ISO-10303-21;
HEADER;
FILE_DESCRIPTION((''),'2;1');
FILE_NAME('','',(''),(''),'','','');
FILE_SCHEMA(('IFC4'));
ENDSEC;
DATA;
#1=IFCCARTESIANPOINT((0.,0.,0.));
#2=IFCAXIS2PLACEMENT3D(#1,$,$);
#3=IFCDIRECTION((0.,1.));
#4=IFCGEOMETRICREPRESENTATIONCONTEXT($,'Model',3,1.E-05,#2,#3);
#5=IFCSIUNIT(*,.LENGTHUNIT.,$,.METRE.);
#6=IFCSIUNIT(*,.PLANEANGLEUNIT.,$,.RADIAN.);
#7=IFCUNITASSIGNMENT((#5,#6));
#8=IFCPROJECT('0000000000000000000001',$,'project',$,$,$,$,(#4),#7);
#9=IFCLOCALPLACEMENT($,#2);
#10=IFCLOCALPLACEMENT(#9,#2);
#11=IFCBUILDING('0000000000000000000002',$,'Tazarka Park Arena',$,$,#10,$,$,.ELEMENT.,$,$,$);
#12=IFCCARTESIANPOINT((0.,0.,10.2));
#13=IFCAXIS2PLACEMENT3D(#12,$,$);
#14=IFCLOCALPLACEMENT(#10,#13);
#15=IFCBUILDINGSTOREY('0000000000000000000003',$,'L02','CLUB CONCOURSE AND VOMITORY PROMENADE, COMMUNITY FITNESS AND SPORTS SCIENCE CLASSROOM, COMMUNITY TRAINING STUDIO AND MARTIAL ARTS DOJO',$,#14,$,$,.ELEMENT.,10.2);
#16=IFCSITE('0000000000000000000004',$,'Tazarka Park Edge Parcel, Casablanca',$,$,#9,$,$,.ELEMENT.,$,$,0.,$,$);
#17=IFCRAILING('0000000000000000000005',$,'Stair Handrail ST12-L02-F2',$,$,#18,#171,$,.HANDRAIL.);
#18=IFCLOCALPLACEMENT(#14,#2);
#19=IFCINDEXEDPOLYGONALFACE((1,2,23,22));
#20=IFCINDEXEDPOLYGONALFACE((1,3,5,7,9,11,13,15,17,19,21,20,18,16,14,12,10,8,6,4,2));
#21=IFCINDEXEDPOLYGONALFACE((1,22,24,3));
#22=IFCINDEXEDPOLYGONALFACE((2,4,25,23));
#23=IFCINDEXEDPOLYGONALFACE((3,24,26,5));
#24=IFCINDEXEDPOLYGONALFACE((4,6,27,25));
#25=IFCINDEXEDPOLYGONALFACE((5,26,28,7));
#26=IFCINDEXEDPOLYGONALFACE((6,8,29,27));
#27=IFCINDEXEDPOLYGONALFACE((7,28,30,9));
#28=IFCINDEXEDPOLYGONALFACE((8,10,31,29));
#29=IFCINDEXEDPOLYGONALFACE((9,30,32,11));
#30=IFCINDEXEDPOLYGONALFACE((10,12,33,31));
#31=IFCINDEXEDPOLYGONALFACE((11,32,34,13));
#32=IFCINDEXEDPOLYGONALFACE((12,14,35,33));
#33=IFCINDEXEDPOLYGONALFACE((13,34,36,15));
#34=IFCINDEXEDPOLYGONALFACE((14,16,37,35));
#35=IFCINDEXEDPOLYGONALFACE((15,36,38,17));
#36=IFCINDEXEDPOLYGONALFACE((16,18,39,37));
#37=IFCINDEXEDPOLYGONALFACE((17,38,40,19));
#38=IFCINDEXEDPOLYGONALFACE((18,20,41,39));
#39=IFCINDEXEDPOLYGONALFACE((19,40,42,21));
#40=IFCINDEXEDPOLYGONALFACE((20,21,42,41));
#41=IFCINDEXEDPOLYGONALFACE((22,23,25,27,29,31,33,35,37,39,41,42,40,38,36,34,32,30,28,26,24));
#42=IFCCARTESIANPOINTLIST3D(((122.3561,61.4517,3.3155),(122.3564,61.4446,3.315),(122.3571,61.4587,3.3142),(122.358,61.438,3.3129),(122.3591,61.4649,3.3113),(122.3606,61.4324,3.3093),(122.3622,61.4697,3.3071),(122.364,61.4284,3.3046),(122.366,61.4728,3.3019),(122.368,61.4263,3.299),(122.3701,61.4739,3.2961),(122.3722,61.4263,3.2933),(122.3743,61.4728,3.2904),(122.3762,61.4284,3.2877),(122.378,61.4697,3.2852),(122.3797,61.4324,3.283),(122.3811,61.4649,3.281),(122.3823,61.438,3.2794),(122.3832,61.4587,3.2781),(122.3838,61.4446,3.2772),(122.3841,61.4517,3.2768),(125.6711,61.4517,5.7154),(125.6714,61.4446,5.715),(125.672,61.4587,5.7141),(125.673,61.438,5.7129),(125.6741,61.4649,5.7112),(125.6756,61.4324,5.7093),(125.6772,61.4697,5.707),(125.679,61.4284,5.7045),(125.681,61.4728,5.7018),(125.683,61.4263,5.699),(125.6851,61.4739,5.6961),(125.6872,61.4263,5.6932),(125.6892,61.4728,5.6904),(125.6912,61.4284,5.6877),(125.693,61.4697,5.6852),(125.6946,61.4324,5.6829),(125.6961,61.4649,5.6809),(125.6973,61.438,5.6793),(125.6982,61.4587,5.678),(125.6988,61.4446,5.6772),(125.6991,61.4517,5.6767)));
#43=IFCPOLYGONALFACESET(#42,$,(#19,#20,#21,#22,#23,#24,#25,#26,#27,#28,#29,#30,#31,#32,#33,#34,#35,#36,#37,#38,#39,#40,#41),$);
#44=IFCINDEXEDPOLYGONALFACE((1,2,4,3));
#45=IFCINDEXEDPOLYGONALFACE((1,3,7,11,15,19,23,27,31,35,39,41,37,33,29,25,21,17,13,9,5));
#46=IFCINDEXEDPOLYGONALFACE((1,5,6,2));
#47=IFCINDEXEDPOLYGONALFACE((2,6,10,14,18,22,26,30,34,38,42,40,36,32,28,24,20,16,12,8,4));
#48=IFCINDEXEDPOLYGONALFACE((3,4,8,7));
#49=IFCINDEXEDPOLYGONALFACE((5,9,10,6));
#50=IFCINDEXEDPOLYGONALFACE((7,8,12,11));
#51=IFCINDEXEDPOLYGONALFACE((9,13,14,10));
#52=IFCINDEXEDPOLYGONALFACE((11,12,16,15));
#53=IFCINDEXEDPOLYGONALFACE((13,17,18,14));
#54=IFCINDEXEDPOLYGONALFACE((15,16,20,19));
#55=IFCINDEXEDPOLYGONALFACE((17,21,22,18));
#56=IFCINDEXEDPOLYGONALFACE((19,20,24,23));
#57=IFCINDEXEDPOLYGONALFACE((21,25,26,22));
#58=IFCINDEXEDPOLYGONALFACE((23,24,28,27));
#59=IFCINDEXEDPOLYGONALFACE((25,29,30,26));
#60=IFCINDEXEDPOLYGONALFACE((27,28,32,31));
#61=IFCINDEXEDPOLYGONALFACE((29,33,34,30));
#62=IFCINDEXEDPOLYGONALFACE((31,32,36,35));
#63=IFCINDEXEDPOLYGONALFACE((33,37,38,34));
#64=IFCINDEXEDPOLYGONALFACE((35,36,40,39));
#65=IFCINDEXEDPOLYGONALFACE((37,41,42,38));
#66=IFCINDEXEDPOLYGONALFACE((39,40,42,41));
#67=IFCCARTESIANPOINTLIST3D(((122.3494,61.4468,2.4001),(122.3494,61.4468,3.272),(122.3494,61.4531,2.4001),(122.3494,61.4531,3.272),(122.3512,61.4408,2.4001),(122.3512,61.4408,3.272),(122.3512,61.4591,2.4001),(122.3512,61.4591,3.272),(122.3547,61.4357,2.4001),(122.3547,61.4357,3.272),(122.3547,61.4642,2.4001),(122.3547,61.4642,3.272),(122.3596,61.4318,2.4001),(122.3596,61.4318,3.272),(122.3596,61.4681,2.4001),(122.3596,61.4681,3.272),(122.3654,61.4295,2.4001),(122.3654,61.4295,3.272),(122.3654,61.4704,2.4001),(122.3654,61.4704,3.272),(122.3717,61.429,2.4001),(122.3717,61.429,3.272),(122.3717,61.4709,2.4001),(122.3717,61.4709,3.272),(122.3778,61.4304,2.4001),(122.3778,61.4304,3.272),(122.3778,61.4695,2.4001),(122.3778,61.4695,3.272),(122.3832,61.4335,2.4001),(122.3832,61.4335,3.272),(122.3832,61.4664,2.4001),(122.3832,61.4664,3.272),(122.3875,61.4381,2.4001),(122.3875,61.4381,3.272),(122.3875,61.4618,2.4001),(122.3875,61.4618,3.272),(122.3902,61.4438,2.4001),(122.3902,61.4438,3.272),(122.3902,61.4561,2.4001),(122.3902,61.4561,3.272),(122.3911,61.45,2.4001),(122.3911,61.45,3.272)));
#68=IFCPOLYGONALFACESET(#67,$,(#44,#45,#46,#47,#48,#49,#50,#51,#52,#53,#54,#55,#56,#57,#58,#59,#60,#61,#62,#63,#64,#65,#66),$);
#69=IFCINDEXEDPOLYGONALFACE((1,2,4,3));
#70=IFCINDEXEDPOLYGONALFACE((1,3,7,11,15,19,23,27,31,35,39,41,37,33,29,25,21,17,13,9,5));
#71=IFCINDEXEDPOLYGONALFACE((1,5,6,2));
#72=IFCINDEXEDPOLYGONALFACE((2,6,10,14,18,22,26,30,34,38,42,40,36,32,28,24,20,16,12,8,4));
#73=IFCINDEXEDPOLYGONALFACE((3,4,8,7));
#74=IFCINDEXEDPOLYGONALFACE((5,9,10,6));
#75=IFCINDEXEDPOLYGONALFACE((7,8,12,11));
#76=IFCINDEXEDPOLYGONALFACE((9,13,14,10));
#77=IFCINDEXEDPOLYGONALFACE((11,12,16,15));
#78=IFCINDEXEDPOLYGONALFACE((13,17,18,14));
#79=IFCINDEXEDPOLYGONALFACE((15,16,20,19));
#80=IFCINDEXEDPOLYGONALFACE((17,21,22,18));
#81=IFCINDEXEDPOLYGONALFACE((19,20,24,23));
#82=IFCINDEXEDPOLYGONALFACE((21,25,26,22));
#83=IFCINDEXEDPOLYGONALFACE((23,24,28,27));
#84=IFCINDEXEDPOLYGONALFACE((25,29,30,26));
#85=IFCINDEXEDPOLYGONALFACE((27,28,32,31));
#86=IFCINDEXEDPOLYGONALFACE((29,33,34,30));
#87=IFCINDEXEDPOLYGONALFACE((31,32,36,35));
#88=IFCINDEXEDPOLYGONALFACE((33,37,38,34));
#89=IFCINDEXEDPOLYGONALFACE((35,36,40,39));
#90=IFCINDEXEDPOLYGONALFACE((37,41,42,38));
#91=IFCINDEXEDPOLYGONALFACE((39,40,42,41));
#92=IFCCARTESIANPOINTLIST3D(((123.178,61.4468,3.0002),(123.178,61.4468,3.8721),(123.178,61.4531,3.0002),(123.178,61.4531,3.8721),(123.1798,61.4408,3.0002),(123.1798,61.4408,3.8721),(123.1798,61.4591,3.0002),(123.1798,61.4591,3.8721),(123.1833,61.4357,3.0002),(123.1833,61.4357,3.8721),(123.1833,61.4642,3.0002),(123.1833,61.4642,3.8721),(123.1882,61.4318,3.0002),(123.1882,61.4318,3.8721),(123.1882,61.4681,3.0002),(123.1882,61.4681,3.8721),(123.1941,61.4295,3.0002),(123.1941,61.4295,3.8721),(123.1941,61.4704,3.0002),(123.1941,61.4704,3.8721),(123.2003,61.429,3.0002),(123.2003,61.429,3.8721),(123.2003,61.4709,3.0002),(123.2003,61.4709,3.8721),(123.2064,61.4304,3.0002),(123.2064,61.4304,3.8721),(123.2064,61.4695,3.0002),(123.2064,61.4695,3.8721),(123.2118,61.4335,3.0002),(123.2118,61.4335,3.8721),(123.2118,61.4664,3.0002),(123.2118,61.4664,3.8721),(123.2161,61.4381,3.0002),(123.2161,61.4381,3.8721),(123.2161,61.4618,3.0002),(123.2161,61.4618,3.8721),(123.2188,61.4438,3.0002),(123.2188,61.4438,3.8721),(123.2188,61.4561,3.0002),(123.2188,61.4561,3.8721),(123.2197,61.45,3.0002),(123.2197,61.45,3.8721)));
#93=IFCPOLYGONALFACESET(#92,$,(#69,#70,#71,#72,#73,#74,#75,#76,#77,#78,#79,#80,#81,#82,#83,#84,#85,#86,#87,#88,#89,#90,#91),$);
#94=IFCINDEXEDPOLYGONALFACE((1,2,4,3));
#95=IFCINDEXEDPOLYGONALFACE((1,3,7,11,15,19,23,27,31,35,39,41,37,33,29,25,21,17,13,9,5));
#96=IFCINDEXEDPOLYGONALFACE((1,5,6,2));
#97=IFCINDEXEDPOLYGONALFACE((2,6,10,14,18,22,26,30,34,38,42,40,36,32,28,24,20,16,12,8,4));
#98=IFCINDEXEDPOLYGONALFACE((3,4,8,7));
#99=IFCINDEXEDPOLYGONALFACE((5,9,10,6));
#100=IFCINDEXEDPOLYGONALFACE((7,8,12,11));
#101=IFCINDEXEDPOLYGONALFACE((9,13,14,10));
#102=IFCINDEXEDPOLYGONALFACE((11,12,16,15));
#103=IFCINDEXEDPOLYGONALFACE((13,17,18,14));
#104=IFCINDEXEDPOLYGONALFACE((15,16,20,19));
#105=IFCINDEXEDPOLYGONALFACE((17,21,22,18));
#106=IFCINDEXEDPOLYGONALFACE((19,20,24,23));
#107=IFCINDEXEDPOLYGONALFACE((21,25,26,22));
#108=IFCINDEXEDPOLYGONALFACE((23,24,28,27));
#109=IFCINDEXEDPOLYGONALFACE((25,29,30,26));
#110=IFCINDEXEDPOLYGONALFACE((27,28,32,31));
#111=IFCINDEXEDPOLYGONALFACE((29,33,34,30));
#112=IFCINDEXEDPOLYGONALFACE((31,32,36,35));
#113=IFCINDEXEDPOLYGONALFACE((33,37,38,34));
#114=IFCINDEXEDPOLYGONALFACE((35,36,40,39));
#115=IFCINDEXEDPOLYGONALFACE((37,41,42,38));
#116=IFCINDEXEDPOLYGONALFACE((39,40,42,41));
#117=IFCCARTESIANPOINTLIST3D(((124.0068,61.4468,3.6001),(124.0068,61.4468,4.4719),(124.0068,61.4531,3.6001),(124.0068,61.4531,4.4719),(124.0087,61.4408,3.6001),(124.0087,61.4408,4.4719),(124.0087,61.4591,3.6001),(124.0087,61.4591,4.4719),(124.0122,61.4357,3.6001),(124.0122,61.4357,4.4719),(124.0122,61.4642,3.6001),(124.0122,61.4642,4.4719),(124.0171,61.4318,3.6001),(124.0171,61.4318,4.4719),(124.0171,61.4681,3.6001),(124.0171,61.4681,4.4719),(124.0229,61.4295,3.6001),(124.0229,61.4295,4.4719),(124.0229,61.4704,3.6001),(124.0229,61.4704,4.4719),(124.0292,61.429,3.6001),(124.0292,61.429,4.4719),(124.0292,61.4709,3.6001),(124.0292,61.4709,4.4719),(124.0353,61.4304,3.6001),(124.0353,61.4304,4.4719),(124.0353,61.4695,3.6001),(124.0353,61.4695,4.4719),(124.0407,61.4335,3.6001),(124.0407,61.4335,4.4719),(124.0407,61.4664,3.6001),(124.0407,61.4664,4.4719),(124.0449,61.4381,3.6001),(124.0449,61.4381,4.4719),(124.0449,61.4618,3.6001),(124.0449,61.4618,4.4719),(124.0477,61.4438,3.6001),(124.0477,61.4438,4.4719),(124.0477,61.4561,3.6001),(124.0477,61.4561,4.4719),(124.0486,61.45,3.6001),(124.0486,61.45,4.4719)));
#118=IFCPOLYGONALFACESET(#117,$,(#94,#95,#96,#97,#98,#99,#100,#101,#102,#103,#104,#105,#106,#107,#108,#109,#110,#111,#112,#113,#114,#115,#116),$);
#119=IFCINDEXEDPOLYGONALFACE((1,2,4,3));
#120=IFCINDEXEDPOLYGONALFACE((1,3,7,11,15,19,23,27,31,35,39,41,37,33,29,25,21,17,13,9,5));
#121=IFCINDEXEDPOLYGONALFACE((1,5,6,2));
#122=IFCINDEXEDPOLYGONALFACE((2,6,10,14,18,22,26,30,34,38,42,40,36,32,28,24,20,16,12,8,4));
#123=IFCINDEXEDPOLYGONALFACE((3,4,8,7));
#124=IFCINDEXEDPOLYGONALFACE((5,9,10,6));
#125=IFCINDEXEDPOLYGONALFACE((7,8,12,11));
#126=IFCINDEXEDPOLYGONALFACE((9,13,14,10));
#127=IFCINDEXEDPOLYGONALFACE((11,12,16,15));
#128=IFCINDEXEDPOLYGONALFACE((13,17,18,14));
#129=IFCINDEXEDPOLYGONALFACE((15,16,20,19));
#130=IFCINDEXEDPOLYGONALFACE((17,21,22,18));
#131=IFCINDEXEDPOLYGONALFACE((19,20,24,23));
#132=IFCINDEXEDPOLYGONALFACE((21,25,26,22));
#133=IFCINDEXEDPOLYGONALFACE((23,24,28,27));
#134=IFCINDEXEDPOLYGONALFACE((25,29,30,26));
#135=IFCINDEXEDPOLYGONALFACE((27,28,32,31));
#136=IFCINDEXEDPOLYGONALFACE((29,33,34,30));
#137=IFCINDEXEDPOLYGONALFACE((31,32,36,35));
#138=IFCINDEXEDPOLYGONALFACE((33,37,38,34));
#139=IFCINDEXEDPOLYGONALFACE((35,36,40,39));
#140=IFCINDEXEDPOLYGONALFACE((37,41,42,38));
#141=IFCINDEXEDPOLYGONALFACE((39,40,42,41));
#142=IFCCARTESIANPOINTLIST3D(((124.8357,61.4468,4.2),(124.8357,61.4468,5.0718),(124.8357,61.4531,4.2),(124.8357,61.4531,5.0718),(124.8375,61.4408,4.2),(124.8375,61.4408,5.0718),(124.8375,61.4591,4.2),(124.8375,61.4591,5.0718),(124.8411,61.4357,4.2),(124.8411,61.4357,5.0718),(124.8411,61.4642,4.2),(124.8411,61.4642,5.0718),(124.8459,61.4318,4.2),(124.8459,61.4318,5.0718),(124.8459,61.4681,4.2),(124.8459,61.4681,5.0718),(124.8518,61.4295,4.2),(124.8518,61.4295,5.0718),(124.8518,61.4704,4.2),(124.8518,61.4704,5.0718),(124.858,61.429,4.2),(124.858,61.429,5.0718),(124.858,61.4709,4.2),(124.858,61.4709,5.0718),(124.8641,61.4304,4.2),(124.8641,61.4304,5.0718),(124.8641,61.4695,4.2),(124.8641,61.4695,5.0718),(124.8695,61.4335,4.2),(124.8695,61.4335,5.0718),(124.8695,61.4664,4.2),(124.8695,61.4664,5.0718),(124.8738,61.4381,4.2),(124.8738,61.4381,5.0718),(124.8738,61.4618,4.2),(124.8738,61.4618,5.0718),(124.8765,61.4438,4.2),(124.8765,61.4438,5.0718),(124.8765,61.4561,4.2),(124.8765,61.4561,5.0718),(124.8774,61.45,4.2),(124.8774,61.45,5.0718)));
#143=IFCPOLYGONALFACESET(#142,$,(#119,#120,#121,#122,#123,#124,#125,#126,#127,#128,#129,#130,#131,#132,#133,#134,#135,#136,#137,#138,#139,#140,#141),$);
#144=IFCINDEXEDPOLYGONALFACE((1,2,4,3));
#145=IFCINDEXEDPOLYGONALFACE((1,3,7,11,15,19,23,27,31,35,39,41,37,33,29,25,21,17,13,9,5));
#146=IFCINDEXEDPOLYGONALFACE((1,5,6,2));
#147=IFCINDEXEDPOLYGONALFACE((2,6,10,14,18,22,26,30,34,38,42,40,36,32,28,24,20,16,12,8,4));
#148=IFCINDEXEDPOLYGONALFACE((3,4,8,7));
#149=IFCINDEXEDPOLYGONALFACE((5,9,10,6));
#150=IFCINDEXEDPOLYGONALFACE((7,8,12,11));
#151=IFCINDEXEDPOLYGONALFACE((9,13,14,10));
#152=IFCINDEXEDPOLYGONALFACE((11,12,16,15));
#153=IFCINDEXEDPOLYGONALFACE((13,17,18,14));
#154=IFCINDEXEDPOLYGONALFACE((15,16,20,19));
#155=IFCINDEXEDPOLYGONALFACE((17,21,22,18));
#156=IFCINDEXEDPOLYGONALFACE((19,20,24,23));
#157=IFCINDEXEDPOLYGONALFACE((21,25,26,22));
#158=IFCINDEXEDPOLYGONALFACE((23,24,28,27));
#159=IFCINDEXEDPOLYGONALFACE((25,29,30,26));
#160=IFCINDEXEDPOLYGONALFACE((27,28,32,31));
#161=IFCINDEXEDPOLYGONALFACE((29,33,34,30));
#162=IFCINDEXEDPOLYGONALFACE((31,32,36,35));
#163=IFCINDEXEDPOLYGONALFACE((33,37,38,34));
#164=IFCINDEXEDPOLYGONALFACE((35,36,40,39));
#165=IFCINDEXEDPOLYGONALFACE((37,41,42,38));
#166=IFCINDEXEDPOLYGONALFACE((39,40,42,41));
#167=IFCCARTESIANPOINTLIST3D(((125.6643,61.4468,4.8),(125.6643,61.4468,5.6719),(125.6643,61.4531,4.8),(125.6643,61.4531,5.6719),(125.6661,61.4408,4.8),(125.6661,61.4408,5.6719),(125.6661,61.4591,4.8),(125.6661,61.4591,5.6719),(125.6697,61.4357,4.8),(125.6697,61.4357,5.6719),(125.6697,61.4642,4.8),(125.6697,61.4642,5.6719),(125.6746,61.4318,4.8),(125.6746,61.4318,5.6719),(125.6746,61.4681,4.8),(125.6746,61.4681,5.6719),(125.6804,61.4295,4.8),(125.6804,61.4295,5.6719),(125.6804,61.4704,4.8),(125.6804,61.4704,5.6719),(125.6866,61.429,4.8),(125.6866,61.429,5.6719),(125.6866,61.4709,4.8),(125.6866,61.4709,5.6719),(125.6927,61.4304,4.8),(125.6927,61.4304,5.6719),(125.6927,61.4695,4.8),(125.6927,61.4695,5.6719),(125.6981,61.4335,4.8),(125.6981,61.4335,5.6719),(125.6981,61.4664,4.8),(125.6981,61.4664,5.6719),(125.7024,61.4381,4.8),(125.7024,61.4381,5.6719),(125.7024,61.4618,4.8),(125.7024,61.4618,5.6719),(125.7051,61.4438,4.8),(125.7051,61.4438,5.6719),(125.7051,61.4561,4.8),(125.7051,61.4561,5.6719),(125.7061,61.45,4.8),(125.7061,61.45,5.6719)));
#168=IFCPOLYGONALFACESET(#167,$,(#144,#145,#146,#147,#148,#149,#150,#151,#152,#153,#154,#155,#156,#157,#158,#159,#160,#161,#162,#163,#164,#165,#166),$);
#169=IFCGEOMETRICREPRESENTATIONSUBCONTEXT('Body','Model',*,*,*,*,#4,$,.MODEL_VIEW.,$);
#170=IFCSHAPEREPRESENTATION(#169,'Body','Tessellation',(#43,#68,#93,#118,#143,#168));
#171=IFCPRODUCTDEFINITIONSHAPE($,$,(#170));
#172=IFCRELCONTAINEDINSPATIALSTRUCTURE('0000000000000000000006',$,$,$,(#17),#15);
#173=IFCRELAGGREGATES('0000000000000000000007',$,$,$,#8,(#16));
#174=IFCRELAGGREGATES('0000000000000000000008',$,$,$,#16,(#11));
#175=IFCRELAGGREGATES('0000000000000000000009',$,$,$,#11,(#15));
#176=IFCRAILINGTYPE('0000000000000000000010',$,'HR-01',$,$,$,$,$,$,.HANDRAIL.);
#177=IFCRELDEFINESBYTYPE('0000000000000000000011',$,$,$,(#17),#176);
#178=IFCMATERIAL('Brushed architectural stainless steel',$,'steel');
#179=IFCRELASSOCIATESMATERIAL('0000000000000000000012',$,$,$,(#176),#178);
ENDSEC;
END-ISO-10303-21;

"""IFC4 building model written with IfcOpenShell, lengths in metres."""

from ifc_helpers import new_model, si_unit, direction, frame, origin, origin_2d, place, context, subcontext, project, spatial, circle, extrude, material, type_object, element, save


model = new_model("IFC4")

# Units and contexts
model_context = context("Model", 3, precision=1e-05, world=origin(), true_north=direction((0.0, 1.0)))
body_context = subcontext(model_context, "Body", "Model", "MODEL_VIEW")
ifc_project = project(units=[si_unit("LENGTHUNIT", "METRE"), si_unit("PLANEANGLEUNIT", "RADIAN")], contexts=[model_context])

# Site, building, storey
site_placement = place(None, origin())
site = spatial("IfcSite", under=ifc_project, at=site_placement, Name="Tazarka Park Edge Parcel, Casablanca", CompositionType="ELEMENT", RefElevation=0.0)
building_placement = place(site_placement, origin())
building = spatial("IfcBuilding", under=site, at=building_placement, Name="Tazarka Park Arena", CompositionType="ELEMENT")
storey_placement = place(building_placement, frame((0.0, 0.0, 10.2)))
storey = spatial("IfcBuildingStorey", under=building, at=storey_placement, Name="L02", Description="CLUB CONCOURSE AND VOMITORY PROMENADE, COMMUNITY FITNESS AND SPORTS SCIENCE CLASSROOM, COMMUNITY TRAINING STUDIO AND MARTIAL ARTS DOJO", CompositionType="ELEMENT", Elevation=10.2)

# Railing
ifc_material_1 = material(Name="Brushed architectural stainless steel", Category="steel")
railing_type_1 = type_object("IfcRailingType", Name="HR-01", PredefinedType="HANDRAIL", material=ifc_material_1)
railing_1_placement = place(storey_placement, frame((122.3701, 61.45, 2.4001)))
element("IfcRailing", 1, at=railing_1_placement, inside=storey, type_object=railing_type_1, Name="Stair Handrail ST12-L02-F2", PredefinedType="HANDRAIL", context=body_context, shape_type="SweptSolid", body=[
    extrude(circle(Radius=0.0239, at=origin_2d()), frame((0.0, 0.0, 0.896), z_axis=(0.810009, 0.0, 0.586418), x_axis=(0.0, 1.0, 0.0)), (0.0, 0.0, 1.0), 4.0925),
    extrude(circle(Radius=0.021, at=origin_2d()), origin(), (0.0, 0.0, 1.0), 0.8718),
    extrude(circle(Radius=0.021, at=origin_2d()), frame((0.8286, 0.0, 0.6001)), (0.0, 0.0, 1.0), 0.8718),
    extrude(circle(Radius=0.021, at=origin_2d()), frame((1.6575, 0.0, 1.2)), (0.0, 0.0, 1.0), 0.8718),
    extrude(circle(Radius=0.021, at=origin_2d()), frame((2.4863, 0.0, 1.7998)), (0.0, 0.0, 1.0), 0.8718),
    extrude(circle(Radius=0.021, at=origin_2d()), frame((3.3149, 0.0, 2.3999)), (0.0, 0.0, 1.0), 0.8718),
])

save(model, "model.ifc")
